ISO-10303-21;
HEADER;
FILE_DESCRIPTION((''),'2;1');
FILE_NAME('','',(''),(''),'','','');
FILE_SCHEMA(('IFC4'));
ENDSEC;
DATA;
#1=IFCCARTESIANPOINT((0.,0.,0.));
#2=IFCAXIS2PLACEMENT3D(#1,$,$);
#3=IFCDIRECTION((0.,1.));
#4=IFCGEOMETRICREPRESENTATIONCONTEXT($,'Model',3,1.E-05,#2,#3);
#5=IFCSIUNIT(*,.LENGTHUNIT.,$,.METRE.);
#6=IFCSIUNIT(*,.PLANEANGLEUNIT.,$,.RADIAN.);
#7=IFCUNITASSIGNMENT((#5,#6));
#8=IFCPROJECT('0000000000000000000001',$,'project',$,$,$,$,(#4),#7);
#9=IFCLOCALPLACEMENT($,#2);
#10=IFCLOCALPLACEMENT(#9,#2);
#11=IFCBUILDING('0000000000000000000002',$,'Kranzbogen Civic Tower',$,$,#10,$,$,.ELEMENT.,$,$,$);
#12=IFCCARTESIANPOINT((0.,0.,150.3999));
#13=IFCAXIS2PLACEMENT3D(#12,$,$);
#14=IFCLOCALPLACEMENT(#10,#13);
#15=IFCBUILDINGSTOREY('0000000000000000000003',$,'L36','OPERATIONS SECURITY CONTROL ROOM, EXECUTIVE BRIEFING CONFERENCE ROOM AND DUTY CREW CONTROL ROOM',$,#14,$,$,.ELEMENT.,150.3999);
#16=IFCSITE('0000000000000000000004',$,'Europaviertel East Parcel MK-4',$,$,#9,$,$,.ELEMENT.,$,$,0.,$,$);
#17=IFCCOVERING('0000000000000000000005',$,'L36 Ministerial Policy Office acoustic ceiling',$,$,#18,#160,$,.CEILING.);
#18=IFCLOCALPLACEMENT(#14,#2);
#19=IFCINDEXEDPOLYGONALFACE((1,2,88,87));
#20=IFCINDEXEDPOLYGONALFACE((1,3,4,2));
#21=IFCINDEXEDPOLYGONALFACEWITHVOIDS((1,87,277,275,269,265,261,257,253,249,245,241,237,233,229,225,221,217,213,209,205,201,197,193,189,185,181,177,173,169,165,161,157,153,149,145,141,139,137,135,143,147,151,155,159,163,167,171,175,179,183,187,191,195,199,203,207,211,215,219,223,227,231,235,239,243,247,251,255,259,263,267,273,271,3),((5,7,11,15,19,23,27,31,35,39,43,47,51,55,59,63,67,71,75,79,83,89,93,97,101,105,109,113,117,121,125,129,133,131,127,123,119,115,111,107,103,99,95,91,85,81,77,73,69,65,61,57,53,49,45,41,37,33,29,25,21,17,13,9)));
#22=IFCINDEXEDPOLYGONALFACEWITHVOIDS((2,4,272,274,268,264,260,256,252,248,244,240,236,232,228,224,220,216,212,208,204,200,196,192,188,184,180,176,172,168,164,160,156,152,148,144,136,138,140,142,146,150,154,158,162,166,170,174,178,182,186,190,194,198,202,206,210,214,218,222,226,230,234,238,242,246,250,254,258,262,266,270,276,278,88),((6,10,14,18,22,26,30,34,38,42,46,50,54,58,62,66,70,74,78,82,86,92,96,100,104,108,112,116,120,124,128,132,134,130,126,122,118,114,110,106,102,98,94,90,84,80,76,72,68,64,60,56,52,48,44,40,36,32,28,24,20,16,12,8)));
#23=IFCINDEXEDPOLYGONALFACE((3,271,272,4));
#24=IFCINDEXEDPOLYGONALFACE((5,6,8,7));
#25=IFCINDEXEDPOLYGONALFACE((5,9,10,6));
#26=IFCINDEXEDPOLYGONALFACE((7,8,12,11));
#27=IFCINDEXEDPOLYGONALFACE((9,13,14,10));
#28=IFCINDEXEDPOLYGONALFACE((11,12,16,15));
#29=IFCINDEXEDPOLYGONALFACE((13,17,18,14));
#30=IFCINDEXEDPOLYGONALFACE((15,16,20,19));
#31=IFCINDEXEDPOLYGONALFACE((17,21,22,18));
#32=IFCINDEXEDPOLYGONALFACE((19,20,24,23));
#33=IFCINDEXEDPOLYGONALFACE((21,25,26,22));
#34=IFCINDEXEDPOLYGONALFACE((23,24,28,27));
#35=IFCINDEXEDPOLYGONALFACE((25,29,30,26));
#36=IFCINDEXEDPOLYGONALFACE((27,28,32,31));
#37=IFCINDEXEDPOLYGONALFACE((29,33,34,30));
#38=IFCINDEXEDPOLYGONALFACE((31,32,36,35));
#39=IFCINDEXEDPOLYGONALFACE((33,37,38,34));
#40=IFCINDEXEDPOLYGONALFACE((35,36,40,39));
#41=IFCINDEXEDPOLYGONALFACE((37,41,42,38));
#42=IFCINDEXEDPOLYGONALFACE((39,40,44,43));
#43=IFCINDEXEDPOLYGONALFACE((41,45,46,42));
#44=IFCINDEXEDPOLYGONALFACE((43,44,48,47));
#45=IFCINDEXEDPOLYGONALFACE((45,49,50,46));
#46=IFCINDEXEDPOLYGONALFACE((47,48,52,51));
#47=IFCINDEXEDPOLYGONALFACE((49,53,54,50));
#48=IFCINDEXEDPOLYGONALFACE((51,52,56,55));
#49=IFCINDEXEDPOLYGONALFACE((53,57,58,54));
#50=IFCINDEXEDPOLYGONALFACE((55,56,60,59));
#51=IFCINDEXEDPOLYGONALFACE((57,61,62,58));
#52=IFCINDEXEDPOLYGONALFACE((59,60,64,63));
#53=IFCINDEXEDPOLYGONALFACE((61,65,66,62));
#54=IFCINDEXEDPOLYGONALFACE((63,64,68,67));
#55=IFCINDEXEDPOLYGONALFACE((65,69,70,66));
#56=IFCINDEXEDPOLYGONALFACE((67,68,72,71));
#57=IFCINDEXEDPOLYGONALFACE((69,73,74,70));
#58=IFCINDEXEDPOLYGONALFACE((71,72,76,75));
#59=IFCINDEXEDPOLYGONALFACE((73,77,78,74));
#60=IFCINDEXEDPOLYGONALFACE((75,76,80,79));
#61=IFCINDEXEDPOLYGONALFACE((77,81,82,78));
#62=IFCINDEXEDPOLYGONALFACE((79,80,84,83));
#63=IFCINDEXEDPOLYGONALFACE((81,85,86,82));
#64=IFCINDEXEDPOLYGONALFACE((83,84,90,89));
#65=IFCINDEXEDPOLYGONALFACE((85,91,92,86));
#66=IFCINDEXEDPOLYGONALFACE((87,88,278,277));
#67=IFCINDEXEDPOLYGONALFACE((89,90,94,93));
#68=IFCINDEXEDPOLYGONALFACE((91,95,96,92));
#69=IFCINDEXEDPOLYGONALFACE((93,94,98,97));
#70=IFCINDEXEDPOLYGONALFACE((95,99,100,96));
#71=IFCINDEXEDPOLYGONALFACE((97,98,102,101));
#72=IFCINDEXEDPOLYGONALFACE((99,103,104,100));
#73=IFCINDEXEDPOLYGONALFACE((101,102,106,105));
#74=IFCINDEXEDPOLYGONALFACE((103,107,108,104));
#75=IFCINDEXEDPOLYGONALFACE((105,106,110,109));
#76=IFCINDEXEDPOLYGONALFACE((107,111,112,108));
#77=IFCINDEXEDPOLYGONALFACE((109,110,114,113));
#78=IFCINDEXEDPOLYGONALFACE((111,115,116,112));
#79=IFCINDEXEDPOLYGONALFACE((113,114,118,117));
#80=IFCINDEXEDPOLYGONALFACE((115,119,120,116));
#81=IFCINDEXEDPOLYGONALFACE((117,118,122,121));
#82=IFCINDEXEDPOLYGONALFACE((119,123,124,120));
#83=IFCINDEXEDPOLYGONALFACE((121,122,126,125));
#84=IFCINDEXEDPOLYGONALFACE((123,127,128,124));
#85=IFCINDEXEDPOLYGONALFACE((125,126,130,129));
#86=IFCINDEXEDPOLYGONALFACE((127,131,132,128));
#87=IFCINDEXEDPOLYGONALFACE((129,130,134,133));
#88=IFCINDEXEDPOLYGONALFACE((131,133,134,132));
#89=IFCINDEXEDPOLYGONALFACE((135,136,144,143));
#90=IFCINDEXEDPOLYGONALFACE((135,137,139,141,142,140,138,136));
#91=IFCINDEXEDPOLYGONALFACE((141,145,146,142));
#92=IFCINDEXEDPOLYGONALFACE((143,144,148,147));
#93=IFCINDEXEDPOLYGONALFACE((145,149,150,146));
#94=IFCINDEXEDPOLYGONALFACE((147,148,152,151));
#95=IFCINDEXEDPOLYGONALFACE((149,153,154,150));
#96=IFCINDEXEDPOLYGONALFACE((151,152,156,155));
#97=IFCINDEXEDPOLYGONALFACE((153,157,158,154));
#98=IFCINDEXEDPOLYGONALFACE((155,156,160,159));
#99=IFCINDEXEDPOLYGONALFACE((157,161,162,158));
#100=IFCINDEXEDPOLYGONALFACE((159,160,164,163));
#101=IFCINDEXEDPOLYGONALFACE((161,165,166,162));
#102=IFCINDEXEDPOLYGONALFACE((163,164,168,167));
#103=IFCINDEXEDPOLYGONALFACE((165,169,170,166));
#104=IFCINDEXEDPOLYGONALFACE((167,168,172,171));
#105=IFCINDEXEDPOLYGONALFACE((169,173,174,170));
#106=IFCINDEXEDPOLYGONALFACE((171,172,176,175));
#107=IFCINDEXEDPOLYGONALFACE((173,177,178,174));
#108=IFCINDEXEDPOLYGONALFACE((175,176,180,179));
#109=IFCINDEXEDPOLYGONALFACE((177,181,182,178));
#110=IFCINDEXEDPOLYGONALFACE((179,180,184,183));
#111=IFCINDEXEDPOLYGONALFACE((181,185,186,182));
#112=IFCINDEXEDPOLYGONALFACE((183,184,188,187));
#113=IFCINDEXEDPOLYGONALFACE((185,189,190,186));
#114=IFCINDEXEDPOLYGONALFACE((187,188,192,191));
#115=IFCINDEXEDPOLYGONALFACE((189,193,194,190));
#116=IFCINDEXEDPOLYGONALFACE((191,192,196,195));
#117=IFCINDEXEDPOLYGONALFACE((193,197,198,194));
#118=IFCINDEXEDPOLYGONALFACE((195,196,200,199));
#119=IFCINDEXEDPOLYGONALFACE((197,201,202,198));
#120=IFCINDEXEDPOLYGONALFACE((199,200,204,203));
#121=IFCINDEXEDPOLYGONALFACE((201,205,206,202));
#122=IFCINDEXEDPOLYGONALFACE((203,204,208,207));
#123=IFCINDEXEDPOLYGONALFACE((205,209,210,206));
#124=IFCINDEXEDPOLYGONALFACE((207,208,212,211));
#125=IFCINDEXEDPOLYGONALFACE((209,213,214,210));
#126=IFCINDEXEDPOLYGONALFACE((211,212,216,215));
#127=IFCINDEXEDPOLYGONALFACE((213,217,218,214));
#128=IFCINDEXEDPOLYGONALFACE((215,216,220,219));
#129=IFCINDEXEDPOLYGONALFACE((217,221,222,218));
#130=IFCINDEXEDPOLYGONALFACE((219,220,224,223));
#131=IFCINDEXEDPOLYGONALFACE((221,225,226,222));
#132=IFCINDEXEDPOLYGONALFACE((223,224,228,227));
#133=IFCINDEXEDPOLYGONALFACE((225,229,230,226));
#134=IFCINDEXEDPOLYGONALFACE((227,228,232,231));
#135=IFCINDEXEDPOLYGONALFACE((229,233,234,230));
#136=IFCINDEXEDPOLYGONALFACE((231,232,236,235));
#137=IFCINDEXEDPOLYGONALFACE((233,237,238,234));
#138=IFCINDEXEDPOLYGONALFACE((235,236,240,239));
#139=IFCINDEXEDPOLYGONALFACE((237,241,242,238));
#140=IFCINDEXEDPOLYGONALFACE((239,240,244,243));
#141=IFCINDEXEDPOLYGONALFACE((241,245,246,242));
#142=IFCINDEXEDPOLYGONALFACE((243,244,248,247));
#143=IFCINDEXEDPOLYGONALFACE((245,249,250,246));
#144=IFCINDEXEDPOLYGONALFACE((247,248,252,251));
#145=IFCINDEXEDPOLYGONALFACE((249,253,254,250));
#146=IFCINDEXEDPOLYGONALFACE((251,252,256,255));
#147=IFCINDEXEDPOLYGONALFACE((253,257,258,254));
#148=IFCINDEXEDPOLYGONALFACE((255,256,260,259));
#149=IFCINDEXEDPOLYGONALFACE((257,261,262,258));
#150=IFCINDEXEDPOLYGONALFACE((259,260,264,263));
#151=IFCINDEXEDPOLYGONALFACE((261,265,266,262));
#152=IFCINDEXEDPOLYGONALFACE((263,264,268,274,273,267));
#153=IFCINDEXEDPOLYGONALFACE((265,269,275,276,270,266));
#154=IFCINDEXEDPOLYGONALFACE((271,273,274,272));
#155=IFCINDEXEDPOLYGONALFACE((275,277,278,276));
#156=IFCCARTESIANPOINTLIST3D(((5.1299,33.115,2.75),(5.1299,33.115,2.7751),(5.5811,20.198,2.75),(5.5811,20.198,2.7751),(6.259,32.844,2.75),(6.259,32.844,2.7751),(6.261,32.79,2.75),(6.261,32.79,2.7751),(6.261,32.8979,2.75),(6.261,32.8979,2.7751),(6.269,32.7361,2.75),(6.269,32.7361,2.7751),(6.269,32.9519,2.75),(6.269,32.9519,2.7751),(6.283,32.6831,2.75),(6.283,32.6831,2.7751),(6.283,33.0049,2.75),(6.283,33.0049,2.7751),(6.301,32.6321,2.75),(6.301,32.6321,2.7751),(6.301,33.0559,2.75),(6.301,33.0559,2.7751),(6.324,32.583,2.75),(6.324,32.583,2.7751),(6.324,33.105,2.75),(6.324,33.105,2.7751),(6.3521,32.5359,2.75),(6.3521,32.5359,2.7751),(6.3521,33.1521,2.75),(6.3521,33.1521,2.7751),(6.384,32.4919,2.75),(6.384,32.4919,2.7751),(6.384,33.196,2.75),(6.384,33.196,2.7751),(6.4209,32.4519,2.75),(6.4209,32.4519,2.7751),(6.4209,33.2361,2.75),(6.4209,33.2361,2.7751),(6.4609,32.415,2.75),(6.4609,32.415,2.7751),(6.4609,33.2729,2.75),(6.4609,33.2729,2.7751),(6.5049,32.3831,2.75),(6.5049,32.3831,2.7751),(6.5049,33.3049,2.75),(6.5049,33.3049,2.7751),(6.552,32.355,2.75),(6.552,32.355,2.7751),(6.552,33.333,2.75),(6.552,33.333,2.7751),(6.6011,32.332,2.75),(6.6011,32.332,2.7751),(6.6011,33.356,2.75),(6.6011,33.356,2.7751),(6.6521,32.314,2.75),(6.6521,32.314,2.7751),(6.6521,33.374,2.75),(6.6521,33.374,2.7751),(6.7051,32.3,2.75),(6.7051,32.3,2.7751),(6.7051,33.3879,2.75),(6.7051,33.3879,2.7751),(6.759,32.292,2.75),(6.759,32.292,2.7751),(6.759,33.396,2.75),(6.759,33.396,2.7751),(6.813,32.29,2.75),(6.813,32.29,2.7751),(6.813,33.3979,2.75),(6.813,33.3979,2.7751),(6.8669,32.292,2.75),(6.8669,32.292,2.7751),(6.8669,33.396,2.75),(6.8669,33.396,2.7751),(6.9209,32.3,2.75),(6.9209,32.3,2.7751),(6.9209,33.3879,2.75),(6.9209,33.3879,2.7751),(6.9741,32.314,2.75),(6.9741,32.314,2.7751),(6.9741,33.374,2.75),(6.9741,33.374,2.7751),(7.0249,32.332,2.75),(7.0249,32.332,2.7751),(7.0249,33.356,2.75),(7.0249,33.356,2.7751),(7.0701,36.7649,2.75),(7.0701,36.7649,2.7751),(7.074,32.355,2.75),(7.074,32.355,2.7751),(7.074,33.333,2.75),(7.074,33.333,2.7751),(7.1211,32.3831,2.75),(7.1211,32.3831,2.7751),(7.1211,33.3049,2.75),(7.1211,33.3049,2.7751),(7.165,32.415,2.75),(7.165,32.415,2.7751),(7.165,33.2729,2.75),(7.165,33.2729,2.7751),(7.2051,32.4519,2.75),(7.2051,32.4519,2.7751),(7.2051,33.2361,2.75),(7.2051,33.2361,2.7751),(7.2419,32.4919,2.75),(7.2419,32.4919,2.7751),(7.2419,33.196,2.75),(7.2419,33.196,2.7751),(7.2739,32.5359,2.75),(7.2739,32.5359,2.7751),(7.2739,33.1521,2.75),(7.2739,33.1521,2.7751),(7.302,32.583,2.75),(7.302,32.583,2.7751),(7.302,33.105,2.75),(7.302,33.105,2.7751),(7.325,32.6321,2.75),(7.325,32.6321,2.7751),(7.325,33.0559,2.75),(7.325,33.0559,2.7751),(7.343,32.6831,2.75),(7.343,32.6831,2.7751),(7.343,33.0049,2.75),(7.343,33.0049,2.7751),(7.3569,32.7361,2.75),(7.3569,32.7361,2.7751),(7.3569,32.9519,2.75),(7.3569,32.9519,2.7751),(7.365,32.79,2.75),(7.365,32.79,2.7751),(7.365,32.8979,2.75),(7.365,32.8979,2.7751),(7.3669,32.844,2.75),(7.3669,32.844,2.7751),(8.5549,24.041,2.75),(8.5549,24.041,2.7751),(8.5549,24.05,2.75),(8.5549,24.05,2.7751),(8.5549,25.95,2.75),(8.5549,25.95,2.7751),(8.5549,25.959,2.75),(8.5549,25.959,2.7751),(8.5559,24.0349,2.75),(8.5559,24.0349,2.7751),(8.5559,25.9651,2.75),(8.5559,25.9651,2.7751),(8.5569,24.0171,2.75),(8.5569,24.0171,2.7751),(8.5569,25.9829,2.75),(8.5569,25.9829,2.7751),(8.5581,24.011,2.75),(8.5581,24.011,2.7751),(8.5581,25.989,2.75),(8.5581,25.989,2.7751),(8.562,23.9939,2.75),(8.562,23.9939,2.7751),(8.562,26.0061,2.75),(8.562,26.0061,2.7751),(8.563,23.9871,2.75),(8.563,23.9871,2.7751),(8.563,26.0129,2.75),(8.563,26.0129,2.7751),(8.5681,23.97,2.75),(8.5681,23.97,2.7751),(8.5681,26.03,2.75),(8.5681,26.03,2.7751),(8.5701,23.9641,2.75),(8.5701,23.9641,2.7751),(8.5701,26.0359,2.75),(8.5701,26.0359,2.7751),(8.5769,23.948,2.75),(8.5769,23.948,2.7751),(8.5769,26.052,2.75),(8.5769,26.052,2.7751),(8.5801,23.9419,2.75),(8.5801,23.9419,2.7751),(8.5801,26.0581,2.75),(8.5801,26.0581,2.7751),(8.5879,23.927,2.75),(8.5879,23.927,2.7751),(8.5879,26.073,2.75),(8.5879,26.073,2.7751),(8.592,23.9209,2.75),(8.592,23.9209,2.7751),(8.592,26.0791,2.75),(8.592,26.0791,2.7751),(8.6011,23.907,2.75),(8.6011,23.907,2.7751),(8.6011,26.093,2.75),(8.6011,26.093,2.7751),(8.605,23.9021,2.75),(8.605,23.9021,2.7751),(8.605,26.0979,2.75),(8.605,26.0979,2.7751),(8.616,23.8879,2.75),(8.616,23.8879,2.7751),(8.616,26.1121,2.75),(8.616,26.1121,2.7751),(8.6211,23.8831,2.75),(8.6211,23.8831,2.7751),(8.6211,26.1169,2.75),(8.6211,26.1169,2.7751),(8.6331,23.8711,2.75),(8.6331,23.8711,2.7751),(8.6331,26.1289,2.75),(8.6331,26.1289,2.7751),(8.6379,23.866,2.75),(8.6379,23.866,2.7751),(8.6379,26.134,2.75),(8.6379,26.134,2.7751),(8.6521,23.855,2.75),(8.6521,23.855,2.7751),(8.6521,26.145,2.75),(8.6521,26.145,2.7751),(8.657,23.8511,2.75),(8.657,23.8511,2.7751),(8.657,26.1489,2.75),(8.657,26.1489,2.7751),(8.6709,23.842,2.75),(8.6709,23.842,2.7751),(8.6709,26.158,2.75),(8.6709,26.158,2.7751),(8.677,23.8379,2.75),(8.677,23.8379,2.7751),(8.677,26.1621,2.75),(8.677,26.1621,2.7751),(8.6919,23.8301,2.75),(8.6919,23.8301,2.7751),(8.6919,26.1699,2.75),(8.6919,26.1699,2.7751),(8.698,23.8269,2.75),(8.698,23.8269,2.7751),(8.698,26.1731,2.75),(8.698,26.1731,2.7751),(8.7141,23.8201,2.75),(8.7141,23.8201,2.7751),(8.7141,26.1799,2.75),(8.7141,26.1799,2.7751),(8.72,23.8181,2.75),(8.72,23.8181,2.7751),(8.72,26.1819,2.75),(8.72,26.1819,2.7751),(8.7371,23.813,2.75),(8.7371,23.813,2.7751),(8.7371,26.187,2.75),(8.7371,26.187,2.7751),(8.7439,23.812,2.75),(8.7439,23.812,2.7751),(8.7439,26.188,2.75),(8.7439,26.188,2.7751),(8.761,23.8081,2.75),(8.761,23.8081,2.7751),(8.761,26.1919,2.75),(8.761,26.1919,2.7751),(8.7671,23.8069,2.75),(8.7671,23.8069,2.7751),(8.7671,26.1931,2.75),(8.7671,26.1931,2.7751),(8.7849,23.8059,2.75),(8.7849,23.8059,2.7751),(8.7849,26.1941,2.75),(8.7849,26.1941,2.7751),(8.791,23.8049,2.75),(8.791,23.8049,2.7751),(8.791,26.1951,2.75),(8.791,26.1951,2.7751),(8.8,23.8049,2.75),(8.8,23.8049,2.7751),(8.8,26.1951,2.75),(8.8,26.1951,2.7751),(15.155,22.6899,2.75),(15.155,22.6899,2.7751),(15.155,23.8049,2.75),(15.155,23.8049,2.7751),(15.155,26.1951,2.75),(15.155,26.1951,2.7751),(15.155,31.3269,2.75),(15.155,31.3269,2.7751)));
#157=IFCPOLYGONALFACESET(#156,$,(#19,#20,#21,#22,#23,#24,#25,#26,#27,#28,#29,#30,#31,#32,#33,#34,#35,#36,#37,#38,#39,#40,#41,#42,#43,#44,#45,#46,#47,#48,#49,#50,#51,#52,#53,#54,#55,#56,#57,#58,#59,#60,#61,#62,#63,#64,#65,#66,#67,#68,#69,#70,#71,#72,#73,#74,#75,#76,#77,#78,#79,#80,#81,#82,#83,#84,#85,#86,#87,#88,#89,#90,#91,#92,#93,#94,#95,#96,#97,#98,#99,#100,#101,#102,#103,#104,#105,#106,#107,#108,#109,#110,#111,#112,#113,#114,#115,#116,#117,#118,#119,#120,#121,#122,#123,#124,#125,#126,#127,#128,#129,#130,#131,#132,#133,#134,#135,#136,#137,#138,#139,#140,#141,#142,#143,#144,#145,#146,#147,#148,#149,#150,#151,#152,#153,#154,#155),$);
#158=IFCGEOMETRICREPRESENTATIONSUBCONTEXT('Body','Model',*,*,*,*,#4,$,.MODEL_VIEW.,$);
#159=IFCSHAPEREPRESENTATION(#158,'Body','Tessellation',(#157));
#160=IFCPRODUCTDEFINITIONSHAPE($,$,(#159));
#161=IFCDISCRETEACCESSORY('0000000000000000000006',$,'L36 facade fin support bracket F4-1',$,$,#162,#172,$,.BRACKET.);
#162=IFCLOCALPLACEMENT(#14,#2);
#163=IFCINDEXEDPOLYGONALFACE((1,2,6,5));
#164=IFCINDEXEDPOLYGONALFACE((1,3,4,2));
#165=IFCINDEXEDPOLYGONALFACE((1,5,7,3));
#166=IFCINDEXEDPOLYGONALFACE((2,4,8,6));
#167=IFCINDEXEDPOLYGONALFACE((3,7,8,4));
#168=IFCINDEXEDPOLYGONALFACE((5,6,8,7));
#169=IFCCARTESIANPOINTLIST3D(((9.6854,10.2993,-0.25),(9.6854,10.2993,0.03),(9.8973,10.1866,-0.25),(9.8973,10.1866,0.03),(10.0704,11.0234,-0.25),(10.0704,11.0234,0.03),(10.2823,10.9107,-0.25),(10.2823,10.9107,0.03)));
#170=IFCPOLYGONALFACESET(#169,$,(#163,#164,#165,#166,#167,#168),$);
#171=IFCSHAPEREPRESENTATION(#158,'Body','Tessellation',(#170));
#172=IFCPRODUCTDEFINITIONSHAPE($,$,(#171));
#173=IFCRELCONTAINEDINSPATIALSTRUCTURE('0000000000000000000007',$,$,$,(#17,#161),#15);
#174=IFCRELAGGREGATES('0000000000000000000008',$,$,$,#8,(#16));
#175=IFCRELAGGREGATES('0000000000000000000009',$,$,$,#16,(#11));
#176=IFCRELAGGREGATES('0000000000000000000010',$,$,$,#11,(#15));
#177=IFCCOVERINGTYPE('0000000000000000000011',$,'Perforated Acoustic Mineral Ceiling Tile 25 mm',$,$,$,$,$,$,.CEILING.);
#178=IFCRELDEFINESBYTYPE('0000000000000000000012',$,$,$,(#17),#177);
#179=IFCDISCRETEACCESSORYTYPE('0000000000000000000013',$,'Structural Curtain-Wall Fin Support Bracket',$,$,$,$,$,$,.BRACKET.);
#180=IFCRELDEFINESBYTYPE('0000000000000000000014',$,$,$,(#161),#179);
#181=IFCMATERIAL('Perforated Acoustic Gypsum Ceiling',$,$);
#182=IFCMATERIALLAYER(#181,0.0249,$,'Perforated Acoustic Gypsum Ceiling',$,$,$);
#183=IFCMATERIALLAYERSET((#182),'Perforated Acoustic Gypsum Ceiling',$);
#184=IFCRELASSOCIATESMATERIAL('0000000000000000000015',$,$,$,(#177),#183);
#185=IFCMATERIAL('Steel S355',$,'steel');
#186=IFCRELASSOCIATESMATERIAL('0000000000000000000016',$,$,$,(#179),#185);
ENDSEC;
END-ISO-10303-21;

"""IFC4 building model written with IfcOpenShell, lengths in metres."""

from ifc_helpers import new_model, si_unit, direction, frame, origin, origin_2d, place, context, subcontext, project, spatial, polyline, rectangle, outline, extrude, material, layer, layer_set, type_object, element, save


model = new_model("IFC4")

# Units and contexts
model_context = context("Model", 3, precision=1e-05, world=origin(), true_north=direction((0.0, 1.0)))
body_context = subcontext(model_context, "Body", "Model", "MODEL_VIEW")
ifc_project = project(units=[si_unit("LENGTHUNIT", "METRE"), si_unit("PLANEANGLEUNIT", "RADIAN")], contexts=[model_context])

# Site, building, storey
site_placement = place(None, origin())
site = spatial("IfcSite", under=ifc_project, at=site_placement, Name="Europaviertel East Parcel MK-4", CompositionType="ELEMENT", RefElevation=0.0)
building_placement = place(site_placement, origin())
building = spatial("IfcBuilding", under=site, at=building_placement, Name="Kranzbogen Civic Tower", CompositionType="ELEMENT")
storey_placement = place(building_placement, frame((0.0, 0.0, 150.3999)))
storey = spatial("IfcBuildingStorey", under=building, at=storey_placement, Name="L36", Description="OPERATIONS SECURITY CONTROL ROOM, EXECUTIVE BRIEFING CONFERENCE ROOM AND DUTY CREW CONTROL ROOM", CompositionType="ELEMENT", Elevation=150.3999)

# Shared definitions
ifc_material_1 = material(Name="Steel S355", Category="steel")

# Covering
ifc_material_2 = material(Name="Perforated Acoustic Gypsum Ceiling")
ifc_layer_1 = layer(ifc_material_2, 0.0249, Name="Perforated Acoustic Gypsum Ceiling")
ifc_layer_set_1 = layer_set([ifc_layer_1], Name="Perforated Acoustic Gypsum Ceiling")
covering_type_1 = type_object("IfcCoveringType", Name="Perforated Acoustic Mineral Ceiling Tile 25 mm", PredefinedType="CEILING", material=ifc_layer_set_1)
covering_1_placement = place(storey_placement, frame((0.0, 0.0, 2.75)))
element("IfcCovering", 1, at=covering_1_placement, inside=storey, type_object=covering_type_1, Name="L36 Ministerial Policy Office acoustic ceiling", PredefinedType="CEILING", context=body_context, shape_type="SweptSolid", body=[
    extrude(outline(polyline([(7.0701, 36.7649), (15.155, 31.3269), (15.155, 26.1951), (8.8, 26.1951), (8.791, 26.1951), (8.7849, 26.1941), (8.7671, 26.1931), (8.761, 26.1919), (8.7439, 26.188), (8.7371, 26.187), (8.72, 26.1819), (8.7141, 26.1799), (8.698, 26.1731), (8.6919, 26.1699), (8.677, 26.1621), (8.6709, 26.158), (8.657, 26.1489), (8.6521, 26.145), (8.6379, 26.134), (8.6331, 26.1289), (8.6211, 26.1169), (8.616, 26.1121), (8.605, 26.0979), (8.6011, 26.093), (8.592, 26.0791), (8.5879, 26.073), (8.5801, 26.0581), (8.5769, 26.052), (8.5701, 26.0359), (8.5681, 26.03), (8.563, 26.0129), (8.562, 26.0061), (8.5581, 25.989), (8.5569, 25.9829), (8.5559, 25.9651), (8.5549, 25.959), (8.5549, 25.95), (8.5549, 24.05), (8.5549, 24.041), (8.5559, 24.0349), (8.5569, 24.0171), (8.5581, 24.011), (8.562, 23.9939), (8.563, 23.9871), (8.5681, 23.97), (8.5701, 23.9641), (8.5769, 23.948), (8.5801, 23.9419), (8.5879, 23.927), (8.592, 23.9209), (8.6011, 23.907), (8.605, 23.9021), (8.616, 23.8879), (8.6211, 23.8831), (8.6331, 23.8711), (8.6379, 23.866), (8.6521, 23.855), (8.657, 23.8511), (8.6709, 23.842), (8.677, 23.8379), (8.6919, 23.8301), (8.698, 23.8269), (8.7141, 23.8201), (8.72, 23.8181), (8.7371, 23.813), (8.7439, 23.812), (8.761, 23.8081), (8.7671, 23.8069), (8.7849, 23.8059), (8.791, 23.8049), (8.8, 23.8049), (15.155, 23.8049), (15.155, 22.6899), (5.5811, 20.198), (5.1299, 33.115), (7.0701, 36.7649)]), holes=[polyline([(7.325, 32.6321), (7.302, 32.583), (7.2739, 32.5359), (7.2419, 32.4919), (7.2051, 32.4519), (7.165, 32.415), (7.1211, 32.3831), (7.074, 32.355), (7.0249, 32.332), (6.9741, 32.314), (6.9209, 32.3), (6.8669, 32.292), (6.813, 32.29), (6.759, 32.292), (6.7051, 32.3), (6.6521, 32.314), (6.6011, 32.332), (6.552, 32.355), (6.5049, 32.3831), (6.4609, 32.415), (6.4209, 32.4519), (6.384, 32.4919), (6.3521, 32.5359), (6.324, 32.583), (6.301, 32.6321), (6.283, 32.6831), (6.269, 32.7361), (6.261, 32.79), (6.259, 32.844), (6.261, 32.8979), (6.269, 32.9519), (6.283, 33.0049), (6.301, 33.0559), (6.324, 33.105), (6.3521, 33.1521), (6.384, 33.196), (6.4209, 33.2361), (6.4609, 33.2729), (6.5049, 33.3049), (6.552, 33.333), (6.6011, 33.356), (6.6521, 33.374), (6.7051, 33.3879), (6.759, 33.396), (6.813, 33.3979), (6.8669, 33.396), (6.9209, 33.3879), (6.9741, 33.374), (7.0249, 33.356), (7.074, 33.333), (7.1211, 33.3049), (7.165, 33.2729), (7.2051, 33.2361), (7.2419, 33.196), (7.2739, 33.1521), (7.302, 33.105), (7.325, 33.0559), (7.343, 33.0049), (7.3569, 32.9519), (7.365, 32.8979), (7.3669, 32.844), (7.365, 32.79), (7.3569, 32.7361), (7.343, 32.6831), (7.325, 32.6321)])]), origin(), (0.0, 0.0, 1.0), 0.0251),
])

# Discrete accessory
discrete_accessory_type = type_object("IfcDiscreteAccessoryType", Name="Structural Curtain-Wall Fin Support Bracket", PredefinedType="BRACKET", material=ifc_material_1)
for number, where, z_axis, x_axis, name in (
    (2, (9.9839, 10.605, -0.25), (0.0, 0.0, 1.0), (-0.469472, -0.882948, 0.0), "L36 facade fin support bracket F4-1"),
):
    element("IfcDiscreteAccessory", number, at=place(storey_placement, frame(where, z_axis=z_axis, x_axis=x_axis)), inside=storey, type_object=discrete_accessory_type, Name=name, PredefinedType="BRACKET", context=body_context, shape_type="SweptSolid", body=[
        extrude(rectangle(XDim=0.8201, YDim=0.24, at=origin_2d()), origin(), (0.0, 0.0, 1.0), 0.28),
    ])

save(model, "model.ifc")
